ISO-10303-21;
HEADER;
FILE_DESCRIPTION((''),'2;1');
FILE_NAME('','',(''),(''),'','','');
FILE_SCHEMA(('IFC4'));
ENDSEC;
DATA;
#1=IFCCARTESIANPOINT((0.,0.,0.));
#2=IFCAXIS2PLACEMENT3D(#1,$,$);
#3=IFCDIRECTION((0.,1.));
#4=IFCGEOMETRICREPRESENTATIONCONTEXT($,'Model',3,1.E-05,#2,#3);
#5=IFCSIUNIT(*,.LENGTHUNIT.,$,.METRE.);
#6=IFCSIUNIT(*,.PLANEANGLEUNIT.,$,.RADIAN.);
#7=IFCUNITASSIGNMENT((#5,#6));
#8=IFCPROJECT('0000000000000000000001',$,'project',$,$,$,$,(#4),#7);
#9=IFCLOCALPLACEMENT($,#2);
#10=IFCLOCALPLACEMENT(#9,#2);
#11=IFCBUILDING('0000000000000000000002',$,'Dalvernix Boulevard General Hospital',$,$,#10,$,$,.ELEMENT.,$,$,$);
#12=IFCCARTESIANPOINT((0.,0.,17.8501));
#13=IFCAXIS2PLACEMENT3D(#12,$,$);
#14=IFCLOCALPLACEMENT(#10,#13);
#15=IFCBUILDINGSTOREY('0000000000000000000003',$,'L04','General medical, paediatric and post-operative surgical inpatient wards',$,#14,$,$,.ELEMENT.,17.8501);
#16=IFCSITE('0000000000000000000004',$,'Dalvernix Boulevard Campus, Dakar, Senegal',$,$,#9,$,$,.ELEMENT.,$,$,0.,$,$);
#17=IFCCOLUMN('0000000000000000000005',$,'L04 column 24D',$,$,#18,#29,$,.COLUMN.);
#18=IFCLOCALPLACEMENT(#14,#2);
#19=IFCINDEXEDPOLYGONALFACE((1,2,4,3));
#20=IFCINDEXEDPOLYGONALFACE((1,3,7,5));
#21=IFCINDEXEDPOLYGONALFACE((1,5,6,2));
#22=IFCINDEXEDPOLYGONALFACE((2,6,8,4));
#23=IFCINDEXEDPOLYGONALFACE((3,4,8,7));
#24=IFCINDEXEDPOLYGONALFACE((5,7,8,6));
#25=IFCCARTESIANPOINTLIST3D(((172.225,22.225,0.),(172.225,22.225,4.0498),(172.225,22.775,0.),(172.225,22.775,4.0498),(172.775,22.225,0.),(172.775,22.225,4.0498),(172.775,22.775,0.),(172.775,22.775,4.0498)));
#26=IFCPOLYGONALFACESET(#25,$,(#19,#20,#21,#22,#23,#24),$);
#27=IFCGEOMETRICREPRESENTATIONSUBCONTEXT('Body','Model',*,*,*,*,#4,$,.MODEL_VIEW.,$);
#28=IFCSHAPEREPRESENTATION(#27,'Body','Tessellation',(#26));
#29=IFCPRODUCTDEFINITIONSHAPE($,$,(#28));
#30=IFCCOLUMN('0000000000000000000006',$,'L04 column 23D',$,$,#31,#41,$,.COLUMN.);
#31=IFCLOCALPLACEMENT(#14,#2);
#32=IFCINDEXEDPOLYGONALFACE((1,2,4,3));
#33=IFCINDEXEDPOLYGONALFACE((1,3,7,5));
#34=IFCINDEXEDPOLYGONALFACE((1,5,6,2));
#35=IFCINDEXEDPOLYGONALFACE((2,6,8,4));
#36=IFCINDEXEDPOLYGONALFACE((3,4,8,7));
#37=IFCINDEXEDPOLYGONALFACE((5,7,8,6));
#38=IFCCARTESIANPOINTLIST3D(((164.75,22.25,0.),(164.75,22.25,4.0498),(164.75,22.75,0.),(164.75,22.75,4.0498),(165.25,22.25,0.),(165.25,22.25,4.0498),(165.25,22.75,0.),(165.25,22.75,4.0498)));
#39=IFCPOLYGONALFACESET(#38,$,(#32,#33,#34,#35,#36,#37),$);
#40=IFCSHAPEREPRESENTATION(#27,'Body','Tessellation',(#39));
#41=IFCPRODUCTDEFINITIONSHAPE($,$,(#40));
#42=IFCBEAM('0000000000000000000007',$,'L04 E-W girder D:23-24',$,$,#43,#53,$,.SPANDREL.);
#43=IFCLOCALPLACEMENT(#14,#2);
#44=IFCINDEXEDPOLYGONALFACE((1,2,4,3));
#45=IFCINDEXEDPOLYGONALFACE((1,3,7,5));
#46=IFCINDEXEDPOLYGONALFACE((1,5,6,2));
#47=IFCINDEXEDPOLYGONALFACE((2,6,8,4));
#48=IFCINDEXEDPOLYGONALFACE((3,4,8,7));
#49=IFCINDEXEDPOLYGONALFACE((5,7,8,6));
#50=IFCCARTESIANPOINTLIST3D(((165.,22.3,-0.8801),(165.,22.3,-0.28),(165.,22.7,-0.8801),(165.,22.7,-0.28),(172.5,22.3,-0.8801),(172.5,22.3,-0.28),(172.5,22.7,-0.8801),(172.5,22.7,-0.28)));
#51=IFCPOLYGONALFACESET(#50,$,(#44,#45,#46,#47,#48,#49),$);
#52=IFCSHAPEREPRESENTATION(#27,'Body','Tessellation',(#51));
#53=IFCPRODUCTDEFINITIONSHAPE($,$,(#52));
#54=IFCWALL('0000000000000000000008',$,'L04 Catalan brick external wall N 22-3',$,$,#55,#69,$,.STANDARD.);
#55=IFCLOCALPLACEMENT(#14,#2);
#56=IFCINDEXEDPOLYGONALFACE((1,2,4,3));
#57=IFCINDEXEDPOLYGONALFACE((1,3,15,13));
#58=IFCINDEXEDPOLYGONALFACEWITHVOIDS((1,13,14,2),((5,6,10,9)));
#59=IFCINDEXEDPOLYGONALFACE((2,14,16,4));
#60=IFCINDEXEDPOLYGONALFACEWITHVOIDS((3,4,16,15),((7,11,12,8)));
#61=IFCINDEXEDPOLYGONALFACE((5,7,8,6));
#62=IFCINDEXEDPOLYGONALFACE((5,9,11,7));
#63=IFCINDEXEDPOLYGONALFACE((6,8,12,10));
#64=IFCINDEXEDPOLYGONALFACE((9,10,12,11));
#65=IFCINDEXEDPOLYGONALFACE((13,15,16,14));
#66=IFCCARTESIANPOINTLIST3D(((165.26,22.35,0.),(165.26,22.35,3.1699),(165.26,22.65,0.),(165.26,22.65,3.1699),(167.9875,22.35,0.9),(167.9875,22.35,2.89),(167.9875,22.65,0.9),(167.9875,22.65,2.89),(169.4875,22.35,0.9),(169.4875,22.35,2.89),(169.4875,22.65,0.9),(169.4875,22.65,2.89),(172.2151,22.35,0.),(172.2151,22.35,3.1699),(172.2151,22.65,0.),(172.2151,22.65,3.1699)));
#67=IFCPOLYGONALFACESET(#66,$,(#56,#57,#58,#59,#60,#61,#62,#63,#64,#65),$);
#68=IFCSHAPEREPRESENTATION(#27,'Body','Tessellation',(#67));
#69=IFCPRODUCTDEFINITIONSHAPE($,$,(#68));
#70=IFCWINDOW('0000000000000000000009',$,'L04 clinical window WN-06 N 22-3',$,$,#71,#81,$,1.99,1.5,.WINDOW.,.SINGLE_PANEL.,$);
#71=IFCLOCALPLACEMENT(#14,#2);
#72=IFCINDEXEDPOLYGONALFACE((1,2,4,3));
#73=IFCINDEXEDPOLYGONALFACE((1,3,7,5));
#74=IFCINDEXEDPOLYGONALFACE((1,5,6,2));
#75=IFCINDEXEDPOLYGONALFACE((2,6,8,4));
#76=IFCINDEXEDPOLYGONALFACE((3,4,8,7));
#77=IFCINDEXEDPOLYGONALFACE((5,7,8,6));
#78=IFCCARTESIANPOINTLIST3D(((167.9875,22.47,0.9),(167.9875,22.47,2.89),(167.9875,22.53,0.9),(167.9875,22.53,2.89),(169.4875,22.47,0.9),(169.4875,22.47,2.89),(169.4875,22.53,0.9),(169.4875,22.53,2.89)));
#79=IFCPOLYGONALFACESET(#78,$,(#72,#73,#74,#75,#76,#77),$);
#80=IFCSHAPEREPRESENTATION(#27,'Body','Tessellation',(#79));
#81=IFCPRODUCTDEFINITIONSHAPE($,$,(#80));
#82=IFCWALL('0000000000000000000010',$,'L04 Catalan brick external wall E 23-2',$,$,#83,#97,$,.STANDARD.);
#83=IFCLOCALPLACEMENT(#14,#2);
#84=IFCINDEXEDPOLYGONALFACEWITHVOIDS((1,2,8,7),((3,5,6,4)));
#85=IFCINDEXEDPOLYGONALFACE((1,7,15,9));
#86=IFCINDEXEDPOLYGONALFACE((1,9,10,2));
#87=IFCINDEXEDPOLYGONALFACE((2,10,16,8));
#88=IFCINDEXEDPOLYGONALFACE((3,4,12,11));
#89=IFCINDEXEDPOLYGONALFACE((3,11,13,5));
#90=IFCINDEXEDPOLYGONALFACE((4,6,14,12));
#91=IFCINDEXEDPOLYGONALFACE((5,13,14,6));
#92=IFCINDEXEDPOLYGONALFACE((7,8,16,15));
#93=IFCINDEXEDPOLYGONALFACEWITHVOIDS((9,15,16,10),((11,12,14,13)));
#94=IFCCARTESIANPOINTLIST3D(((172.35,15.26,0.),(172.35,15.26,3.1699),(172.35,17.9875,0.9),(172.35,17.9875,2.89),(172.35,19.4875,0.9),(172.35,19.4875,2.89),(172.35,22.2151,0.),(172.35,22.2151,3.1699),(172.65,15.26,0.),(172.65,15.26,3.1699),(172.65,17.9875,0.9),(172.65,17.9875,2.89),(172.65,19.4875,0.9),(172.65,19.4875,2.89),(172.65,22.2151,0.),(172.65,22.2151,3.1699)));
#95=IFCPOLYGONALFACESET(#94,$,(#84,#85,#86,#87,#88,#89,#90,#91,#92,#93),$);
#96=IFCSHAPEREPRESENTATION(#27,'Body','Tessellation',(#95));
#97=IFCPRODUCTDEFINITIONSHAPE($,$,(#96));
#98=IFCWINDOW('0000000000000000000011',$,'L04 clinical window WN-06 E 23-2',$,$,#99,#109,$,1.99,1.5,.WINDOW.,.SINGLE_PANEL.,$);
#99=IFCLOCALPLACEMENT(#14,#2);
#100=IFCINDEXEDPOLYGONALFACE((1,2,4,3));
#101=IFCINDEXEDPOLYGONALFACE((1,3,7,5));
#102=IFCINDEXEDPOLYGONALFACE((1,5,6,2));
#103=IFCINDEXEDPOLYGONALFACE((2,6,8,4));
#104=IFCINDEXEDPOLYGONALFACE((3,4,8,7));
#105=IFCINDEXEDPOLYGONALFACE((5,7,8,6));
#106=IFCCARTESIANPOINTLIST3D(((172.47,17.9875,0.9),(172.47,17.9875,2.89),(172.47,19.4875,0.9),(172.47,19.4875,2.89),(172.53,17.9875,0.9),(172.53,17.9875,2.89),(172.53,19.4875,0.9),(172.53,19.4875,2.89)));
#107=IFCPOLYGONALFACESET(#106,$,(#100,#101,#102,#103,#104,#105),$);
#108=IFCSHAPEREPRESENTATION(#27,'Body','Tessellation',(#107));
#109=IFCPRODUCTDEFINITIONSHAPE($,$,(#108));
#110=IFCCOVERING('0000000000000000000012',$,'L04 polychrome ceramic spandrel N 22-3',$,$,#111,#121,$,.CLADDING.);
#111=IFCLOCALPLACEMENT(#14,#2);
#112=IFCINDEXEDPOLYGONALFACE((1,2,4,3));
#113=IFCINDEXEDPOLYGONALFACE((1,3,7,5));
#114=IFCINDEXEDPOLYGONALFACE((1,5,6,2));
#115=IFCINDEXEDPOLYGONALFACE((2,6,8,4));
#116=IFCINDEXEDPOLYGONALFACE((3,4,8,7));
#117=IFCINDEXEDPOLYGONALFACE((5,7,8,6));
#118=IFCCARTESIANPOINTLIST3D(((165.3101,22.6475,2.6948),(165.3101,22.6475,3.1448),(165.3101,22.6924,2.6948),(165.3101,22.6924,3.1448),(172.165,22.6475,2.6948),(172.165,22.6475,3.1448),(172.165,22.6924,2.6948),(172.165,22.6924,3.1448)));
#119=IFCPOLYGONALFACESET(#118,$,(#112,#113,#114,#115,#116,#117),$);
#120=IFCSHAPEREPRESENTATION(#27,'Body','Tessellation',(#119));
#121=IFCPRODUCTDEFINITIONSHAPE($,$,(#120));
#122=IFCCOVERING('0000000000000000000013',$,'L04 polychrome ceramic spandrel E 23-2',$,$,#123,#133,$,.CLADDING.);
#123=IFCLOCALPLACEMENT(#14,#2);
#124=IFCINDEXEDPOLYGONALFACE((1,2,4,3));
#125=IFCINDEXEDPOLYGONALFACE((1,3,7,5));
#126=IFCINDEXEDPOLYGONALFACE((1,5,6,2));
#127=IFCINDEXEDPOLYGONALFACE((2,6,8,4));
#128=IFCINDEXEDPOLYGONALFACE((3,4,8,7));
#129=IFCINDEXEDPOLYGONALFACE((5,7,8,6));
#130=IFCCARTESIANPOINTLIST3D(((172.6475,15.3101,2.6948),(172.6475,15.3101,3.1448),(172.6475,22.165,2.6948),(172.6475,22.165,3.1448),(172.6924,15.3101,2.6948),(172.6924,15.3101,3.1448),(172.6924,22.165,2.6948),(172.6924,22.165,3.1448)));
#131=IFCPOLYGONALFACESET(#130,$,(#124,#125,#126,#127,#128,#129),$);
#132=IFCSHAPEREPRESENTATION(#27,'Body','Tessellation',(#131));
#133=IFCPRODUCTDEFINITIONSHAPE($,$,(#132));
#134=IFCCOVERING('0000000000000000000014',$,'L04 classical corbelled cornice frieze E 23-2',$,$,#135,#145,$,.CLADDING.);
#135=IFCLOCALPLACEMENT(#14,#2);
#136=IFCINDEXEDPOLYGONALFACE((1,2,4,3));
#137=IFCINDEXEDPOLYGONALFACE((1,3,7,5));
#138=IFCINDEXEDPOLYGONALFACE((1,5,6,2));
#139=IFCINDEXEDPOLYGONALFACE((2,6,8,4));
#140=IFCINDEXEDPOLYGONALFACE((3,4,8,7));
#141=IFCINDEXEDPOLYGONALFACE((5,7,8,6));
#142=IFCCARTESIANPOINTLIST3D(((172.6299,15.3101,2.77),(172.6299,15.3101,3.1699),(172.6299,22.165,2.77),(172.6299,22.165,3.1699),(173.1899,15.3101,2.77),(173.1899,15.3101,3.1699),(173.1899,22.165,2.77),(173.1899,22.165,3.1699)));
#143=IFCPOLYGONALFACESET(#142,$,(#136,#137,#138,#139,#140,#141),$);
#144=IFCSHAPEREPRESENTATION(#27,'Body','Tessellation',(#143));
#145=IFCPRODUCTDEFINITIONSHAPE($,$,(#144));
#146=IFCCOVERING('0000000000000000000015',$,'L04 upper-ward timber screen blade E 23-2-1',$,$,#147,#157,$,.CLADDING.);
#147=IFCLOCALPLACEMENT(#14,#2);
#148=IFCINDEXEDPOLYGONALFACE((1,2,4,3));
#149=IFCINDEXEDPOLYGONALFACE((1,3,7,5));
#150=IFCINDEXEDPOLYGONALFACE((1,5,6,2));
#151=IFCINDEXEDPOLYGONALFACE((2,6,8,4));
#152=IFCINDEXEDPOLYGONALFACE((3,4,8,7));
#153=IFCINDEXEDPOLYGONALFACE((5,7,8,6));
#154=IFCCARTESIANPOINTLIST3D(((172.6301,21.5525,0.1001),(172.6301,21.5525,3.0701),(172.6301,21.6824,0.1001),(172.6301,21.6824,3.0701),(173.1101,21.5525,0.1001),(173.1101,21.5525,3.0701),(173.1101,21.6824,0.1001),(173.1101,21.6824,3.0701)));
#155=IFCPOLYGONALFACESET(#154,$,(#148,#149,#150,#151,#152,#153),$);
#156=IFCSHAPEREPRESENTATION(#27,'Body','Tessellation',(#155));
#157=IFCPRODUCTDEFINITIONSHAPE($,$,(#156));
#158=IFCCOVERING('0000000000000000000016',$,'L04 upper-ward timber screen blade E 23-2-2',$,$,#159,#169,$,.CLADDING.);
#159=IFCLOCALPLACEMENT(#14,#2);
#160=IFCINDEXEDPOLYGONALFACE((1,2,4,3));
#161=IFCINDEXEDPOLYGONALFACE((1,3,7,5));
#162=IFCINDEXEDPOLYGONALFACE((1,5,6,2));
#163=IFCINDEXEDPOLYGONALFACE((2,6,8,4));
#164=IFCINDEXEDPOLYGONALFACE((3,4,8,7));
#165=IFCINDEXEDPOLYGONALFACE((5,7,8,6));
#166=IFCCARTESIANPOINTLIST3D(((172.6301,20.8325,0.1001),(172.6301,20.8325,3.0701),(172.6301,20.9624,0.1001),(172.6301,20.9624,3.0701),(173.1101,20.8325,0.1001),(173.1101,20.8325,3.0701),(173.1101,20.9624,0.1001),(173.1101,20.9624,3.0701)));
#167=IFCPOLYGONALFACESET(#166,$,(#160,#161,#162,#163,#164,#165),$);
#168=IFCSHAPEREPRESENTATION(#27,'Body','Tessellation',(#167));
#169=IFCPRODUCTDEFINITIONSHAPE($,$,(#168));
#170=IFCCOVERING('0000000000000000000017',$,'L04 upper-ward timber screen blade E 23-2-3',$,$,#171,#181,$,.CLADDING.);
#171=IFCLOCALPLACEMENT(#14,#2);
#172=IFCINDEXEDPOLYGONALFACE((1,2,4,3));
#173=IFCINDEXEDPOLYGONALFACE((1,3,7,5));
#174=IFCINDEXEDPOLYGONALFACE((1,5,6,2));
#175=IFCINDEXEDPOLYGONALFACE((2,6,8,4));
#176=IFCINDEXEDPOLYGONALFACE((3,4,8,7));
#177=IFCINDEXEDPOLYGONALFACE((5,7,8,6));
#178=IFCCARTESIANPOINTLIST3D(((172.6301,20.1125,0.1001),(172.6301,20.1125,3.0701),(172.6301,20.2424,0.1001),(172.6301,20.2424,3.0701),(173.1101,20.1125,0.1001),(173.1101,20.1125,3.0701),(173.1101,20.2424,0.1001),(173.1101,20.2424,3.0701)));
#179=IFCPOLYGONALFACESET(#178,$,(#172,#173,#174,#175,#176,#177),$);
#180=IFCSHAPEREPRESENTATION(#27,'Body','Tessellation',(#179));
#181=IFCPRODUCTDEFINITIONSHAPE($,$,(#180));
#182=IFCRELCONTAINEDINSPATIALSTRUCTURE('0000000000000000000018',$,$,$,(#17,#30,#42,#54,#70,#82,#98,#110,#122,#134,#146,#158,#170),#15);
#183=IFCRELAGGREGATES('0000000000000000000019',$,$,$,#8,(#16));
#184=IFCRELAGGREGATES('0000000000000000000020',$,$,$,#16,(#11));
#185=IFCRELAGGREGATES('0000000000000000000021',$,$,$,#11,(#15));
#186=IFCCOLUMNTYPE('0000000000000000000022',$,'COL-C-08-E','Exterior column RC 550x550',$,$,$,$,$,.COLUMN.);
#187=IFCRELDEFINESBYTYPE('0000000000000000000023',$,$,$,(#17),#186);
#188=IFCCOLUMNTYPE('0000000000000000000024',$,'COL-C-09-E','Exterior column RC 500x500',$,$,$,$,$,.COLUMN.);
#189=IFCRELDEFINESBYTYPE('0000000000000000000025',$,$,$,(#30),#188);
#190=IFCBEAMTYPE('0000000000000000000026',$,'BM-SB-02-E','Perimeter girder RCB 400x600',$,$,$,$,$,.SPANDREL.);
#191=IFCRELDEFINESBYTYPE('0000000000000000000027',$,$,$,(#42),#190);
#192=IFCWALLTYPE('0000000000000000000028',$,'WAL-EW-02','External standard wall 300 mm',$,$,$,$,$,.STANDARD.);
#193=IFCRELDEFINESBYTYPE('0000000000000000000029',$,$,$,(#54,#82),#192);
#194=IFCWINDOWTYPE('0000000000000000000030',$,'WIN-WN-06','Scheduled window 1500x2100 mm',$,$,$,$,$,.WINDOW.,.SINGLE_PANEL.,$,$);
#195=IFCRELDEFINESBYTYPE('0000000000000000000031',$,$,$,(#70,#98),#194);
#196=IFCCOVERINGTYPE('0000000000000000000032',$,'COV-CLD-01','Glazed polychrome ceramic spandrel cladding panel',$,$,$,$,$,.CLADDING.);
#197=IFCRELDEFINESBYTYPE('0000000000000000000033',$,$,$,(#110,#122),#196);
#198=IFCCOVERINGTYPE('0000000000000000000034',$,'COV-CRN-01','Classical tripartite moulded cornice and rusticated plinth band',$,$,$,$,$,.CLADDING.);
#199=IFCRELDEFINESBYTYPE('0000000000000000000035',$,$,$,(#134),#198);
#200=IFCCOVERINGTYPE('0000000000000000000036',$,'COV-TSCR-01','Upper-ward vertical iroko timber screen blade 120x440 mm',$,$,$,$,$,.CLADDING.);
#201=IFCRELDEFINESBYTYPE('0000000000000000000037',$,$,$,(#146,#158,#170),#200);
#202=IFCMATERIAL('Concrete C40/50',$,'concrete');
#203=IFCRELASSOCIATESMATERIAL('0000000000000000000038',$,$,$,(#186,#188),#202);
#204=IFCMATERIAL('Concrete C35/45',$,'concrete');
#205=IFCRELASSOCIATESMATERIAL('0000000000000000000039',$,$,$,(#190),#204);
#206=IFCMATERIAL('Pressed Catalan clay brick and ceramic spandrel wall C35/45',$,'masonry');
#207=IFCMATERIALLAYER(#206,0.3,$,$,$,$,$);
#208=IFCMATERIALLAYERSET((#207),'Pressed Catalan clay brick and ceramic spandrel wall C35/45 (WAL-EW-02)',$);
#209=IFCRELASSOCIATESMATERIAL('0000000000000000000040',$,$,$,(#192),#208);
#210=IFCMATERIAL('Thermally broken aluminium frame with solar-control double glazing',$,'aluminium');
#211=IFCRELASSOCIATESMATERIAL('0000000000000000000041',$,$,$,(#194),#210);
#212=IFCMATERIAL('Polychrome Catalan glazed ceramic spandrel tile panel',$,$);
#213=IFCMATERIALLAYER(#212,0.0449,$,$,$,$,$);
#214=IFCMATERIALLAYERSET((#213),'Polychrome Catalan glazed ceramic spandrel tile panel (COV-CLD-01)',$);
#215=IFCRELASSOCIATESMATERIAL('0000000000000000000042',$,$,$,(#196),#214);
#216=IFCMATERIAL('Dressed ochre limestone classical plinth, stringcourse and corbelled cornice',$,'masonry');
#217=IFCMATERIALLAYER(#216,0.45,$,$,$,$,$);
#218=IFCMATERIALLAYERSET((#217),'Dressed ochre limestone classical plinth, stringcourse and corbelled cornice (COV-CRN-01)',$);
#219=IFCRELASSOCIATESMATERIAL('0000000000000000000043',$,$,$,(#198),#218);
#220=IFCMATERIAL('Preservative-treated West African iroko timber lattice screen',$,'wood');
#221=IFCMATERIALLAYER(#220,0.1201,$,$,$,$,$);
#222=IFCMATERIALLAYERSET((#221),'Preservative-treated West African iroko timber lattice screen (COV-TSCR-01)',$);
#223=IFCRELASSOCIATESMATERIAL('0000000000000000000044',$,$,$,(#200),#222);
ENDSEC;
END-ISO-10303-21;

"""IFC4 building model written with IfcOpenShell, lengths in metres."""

from ifc_helpers import new_model, si_unit, direction, frame, frame_2d, origin, origin_2d, place, context, subcontext, project, spatial, rectangle, extrude, material, layer, layer_set, material_profile, profile_set, type_object, element, fill, save


model = new_model("IFC4")

# Units and contexts
model_context = context("Model", 3, precision=1e-05, world=origin(), true_north=direction((0.0, 1.0)))
body_context = subcontext(model_context, "Body", "Model", "MODEL_VIEW")
ifc_project = project(units=[si_unit("LENGTHUNIT", "METRE"), si_unit("PLANEANGLEUNIT", "RADIAN")], contexts=[model_context])

# Site, building, storey
site_placement = place(None, origin())
site = spatial("IfcSite", under=ifc_project, at=site_placement, Name="Dalvernix Boulevard Campus, Dakar, Senegal", CompositionType="ELEMENT", RefElevation=0.0)
building_placement = place(site_placement, origin())
building = spatial("IfcBuilding", under=site, at=building_placement, Name="Dalvernix Boulevard General Hospital", CompositionType="ELEMENT")
storey_placement = place(building_placement, frame((0.0, 0.0, 17.8501)))
storey = spatial("IfcBuildingStorey", under=building, at=storey_placement, Name="L04", Description="General medical, paediatric and post-operative surgical inpatient wards", CompositionType="ELEMENT", Elevation=17.8501)

# Columns
ifc_material_1 = material(Name="Concrete C40/50", Category="concrete")
ifc_material_profile_1 = material_profile(ifc_material_1, rectangle(XDim=0.55, YDim=0.55, at=origin_2d()), Name="RC 550x550")
ifc_profile_set_1 = profile_set([ifc_material_profile_1], Name="Concrete C40/50")
column_type_1 = type_object("IfcColumnType", Name="COL-C-08-E", Description="Exterior column RC 550x550", PredefinedType="COLUMN", material=ifc_profile_set_1)
column_1_placement = place(storey_placement, frame((172.5, 22.5, 0.0), z_axis=(0.0, 0.0, 1.0), x_axis=(1.0, 0.0, 0.0)))
element("IfcColumn", 1, at=column_1_placement, inside=storey, type_object=column_type_1, Name="L04 column 24D", PredefinedType="COLUMN", context=body_context, shape_type="SweptSolid", body=[
    extrude(rectangle(XDim=0.55, YDim=0.55, at=origin_2d()), origin(), (0.0, 0.0, 1.0), 4.0498),
])
ifc_material_profile_2 = material_profile(ifc_material_1, rectangle(XDim=0.5, YDim=0.5, at=origin_2d()), Name="RC 500x500")
ifc_profile_set_2 = profile_set([ifc_material_profile_2], Name="Concrete C40/50")
column_type_2 = type_object("IfcColumnType", Name="COL-C-09-E", Description="Exterior column RC 500x500", PredefinedType="COLUMN", material=ifc_profile_set_2)
column_2_placement = place(storey_placement, frame((165.0, 22.5, 0.0), z_axis=(0.0, 0.0, 1.0), x_axis=(1.0, 0.0, 0.0)))
element("IfcColumn", 2, at=column_2_placement, inside=storey, type_object=column_type_2, Name="L04 column 23D", PredefinedType="COLUMN", context=body_context, shape_type="SweptSolid", body=[
    extrude(rectangle(XDim=0.5, YDim=0.5, at=origin_2d()), origin(), (0.0, 0.0, 1.0), 4.0498),
])

# Beam
ifc_material_2 = material(Name="Concrete C35/45", Category="concrete")
ifc_material_profile_3 = material_profile(ifc_material_2, rectangle(XDim=0.3999, YDim=0.6001, at=origin_2d()), Name="RCB 400x600")
ifc_profile_set_3 = profile_set([ifc_material_profile_3], Name="Concrete C35/45")
beam_type = type_object("IfcBeamType", Name="BM-SB-02-E", Description="Perimeter girder RCB 400x600", PredefinedType="SPANDREL", material=ifc_profile_set_3)
beam_placement = place(storey_placement, frame((165.0, 22.5, -0.5801), z_axis=(1.0, 0.0, 0.0), x_axis=(0.0, 1.0, 0.0)))
element("IfcBeam", 3, at=beam_placement, inside=storey, type_object=beam_type, Name="L04 E-W girder D:23-24", PredefinedType="SPANDREL", context=body_context, shape_type="SweptSolid", body=[
    extrude(rectangle(XDim=0.3999, YDim=0.6001, at=origin_2d()), origin(), (0.0, 0.0, 1.0), 7.5),
])

# Walls, openings, windows
ifc_material_3 = material(Name="Pressed Catalan clay brick and ceramic spandrel wall C35/45", Category="masonry")
ifc_layer_1 = layer(ifc_material_3, 0.3)
ifc_layer_set_1 = layer_set([ifc_layer_1], Name="Pressed Catalan clay brick and ceramic spandrel wall C35/45 (WAL-EW-02)")
wall_type = type_object("IfcWallType", Name="WAL-EW-02", Description="External standard wall 300 mm", PredefinedType="STANDARD", material=ifc_layer_set_1)
wall_1_placement = place(storey_placement, frame((165.26, 22.5, 0.0), z_axis=(0.0, 0.0, 1.0), x_axis=(1.0, 0.0, 0.0)))
wall_1 = element("IfcWall", 4, at=wall_1_placement, inside=storey, type_object=wall_type, Name="L04 Catalan brick external wall N 22-3", PredefinedType="STANDARD", context=body_context, shape_type="SweptSolid", body=[
    extrude(rectangle(XDim=6.9551, YDim=0.3, at=frame_2d((3.4775, 0.0))), origin(), (0.0, 0.0, 1.0), 3.1699),
])
opening_1_placement = place(wall_1_placement, frame((2.7275, 0.0, 0.8999)))
opening_1 = element("IfcOpeningElement", 5, at=opening_1_placement, cuts=wall_1, PredefinedType="OPENING", context=body_context, shape_type="SweptSolid", body=[
    extrude(rectangle(XDim=1.5, YDim=1.99, at=frame_2d((0.75, 0.9951))), frame((0.0, 0.1599, 0.0), z_axis=(0.0, -1.0, 0.0), x_axis=(1.0, 0.0, 0.0)), (0.0, 0.0, 1.0), 0.3201),
])
ifc_material_4 = material(Name="Thermally broken aluminium frame with solar-control double glazing", Category="aluminium")
window_type = type_object("IfcWindowType", Name="WIN-WN-06", Description="Scheduled window 1500x2100 mm", PartitioningType="SINGLE_PANEL", PredefinedType="WINDOW", material=ifc_material_4)
window_1_placement = place(opening_1_placement, origin())
window_1 = element("IfcWindow", 6, at=window_1_placement, inside=storey, type_object=window_type, Name="L04 clinical window WN-06 N 22-3", OverallHeight=1.99, OverallWidth=1.5, PartitioningType="SINGLE_PANEL", PredefinedType="WINDOW", context=body_context, shape_type="SweptSolid", body=[
    extrude(rectangle(XDim=1.5, YDim=1.99, at=frame_2d((0.75, 0.9951))), frame((0.0, 0.03, 0.0), z_axis=(0.0, -1.0, 0.0), x_axis=(1.0, 0.0, 0.0)), (0.0, 0.0, 1.0), 0.0601),
])
fill(opening_1, window_1)
wall_2_placement = place(storey_placement, frame((172.5, 22.2151, 0.0), z_axis=(0.0, 0.0, 1.0), x_axis=(0.0, -1.0, 0.0)))
wall_2 = element("IfcWall", 7, at=wall_2_placement, inside=storey, type_object=wall_type, Name="L04 Catalan brick external wall E 23-2", PredefinedType="STANDARD", context=body_context, shape_type="SweptSolid", body=[
    extrude(rectangle(XDim=6.9551, YDim=0.3, at=frame_2d((3.4775, 0.0))), origin(), (0.0, 0.0, 1.0), 3.1699),
])
opening_2_placement = place(wall_2_placement, frame((2.7275, 0.0, 0.8999)))
opening_2 = element("IfcOpeningElement", 8, at=opening_2_placement, cuts=wall_2, PredefinedType="OPENING", context=body_context, shape_type="SweptSolid", body=[
    extrude(rectangle(XDim=1.5, YDim=1.99, at=frame_2d((0.75, 0.9951))), frame((0.0, 0.1599, 0.0), z_axis=(0.0, -1.0, 0.0), x_axis=(1.0, 0.0, 0.0)), (0.0, 0.0, 1.0), 0.3201),
])
window_2_placement = place(opening_2_placement, origin())
window_2 = element("IfcWindow", 9, at=window_2_placement, inside=storey, type_object=window_type, Name="L04 clinical window WN-06 E 23-2", OverallHeight=1.99, OverallWidth=1.5, PartitioningType="SINGLE_PANEL", PredefinedType="WINDOW", context=body_context, shape_type="SweptSolid", body=[
    extrude(rectangle(XDim=1.5, YDim=1.99, at=frame_2d((0.75, 0.9951))), frame((0.0, 0.03, 0.0), z_axis=(0.0, -1.0, 0.0), x_axis=(1.0, 0.0, 0.0)), (0.0, 0.0, 1.0), 0.0601),
])
fill(opening_2, window_2)

# Coverings
ifc_material_5 = material(Name="Polychrome Catalan glazed ceramic spandrel tile panel")
ifc_layer_2 = layer(ifc_material_5, 0.0449)
ifc_layer_set_2 = layer_set([ifc_layer_2], Name="Polychrome Catalan glazed ceramic spandrel tile panel (COV-CLD-01)")
covering_type_1 = type_object("IfcCoveringType", Name="COV-CLD-01", Description="Glazed polychrome ceramic spandrel cladding panel", PredefinedType="CLADDING", material=ifc_layer_set_2)
for number, where, z_axis, x_axis, name in (
    (10, (168.7375, 22.6699, 2.6948), (0.0, 0.0, 1.0), (1.0, 0.0, 0.0), "L04 polychrome ceramic spandrel N 22-3"),
    (11, (172.6699, 18.7375, 2.6948), (0.0, 0.0, 1.0), (0.0, -1.0, 0.0), "L04 polychrome ceramic spandrel E 23-2"),
):
    element("IfcCovering", number, at=place(storey_placement, frame(where, z_axis=z_axis, x_axis=x_axis)), inside=storey, type_object=covering_type_1, Name=name, PredefinedType="CLADDING", context=body_context, shape_type="SweptSolid", body=[
        extrude(rectangle(XDim=6.855, YDim=0.0449, at=origin_2d()), origin(), (0.0, 0.0, 1.0), 0.45),
    ])
ifc_material_6 = material(Name="Dressed ochre limestone classical plinth, stringcourse and corbelled cornice", Category="masonry")
ifc_layer_3 = layer(ifc_material_6, 0.45)
ifc_layer_set_3 = layer_set([ifc_layer_3], Name="Dressed ochre limestone classical plinth, stringcourse and corbelled cornice (COV-CRN-01)")
covering_type_2 = type_object("IfcCoveringType", Name="COV-CRN-01", Description="Classical tripartite moulded cornice and rusticated plinth band", PredefinedType="CLADDING", material=ifc_layer_set_3)
covering_placement = place(storey_placement, frame((172.9099, 18.7375, 2.77), z_axis=(0.0, 0.0, 1.0), x_axis=(0.0, -1.0, 0.0)))
element("IfcCovering", 12, at=covering_placement, inside=storey, type_object=covering_type_2, Name="L04 classical corbelled cornice frieze E 23-2", PredefinedType="CLADDING", context=body_context, shape_type="SweptSolid", body=[
    extrude(rectangle(XDim=6.855, YDim=0.5601, at=origin_2d()), origin(), (0.0, 0.0, 1.0), 0.3999),
])
ifc_material_7 = material(Name="Preservative-treated West African iroko timber lattice screen", Category="wood")
ifc_layer_4 = layer(ifc_material_7, 0.1201)
ifc_layer_set_4 = layer_set([ifc_layer_4], Name="Preservative-treated West African iroko timber lattice screen (COV-TSCR-01)")
covering_type_3 = type_object("IfcCoveringType", Name="COV-TSCR-01", Description="Upper-ward vertical iroko timber screen blade 120x440 mm", PredefinedType="CLADDING", material=ifc_layer_set_4)
for number, where, z_axis, x_axis, name in (
    (13, (172.8701, 21.6174, 0.1001), (0.0, 0.0, 1.0), (0.0, -1.0, 0.0), "L04 upper-ward timber screen blade E 23-2-1"),
    (14, (172.8701, 20.8975, 0.1001), (0.0, 0.0, 1.0), (0.0, -1.0, 0.0), "L04 upper-ward timber screen blade E 23-2-2"),
    (15, (172.8701, 20.1775, 0.1001), (0.0, 0.0, 1.0), (0.0, -1.0, 0.0), "L04 upper-ward timber screen blade E 23-2-3"),
):
    element("IfcCovering", number, at=place(storey_placement, frame(where, z_axis=z_axis, x_axis=x_axis)), inside=storey, type_object=covering_type_3, Name=name, PredefinedType="CLADDING", context=body_context, shape_type="SweptSolid", body=[
        extrude(rectangle(XDim=0.1299, YDim=0.48, at=origin_2d()), origin(), (0.0, 0.0, 1.0), 2.97),
    ])

save(model, "model.ifc")
